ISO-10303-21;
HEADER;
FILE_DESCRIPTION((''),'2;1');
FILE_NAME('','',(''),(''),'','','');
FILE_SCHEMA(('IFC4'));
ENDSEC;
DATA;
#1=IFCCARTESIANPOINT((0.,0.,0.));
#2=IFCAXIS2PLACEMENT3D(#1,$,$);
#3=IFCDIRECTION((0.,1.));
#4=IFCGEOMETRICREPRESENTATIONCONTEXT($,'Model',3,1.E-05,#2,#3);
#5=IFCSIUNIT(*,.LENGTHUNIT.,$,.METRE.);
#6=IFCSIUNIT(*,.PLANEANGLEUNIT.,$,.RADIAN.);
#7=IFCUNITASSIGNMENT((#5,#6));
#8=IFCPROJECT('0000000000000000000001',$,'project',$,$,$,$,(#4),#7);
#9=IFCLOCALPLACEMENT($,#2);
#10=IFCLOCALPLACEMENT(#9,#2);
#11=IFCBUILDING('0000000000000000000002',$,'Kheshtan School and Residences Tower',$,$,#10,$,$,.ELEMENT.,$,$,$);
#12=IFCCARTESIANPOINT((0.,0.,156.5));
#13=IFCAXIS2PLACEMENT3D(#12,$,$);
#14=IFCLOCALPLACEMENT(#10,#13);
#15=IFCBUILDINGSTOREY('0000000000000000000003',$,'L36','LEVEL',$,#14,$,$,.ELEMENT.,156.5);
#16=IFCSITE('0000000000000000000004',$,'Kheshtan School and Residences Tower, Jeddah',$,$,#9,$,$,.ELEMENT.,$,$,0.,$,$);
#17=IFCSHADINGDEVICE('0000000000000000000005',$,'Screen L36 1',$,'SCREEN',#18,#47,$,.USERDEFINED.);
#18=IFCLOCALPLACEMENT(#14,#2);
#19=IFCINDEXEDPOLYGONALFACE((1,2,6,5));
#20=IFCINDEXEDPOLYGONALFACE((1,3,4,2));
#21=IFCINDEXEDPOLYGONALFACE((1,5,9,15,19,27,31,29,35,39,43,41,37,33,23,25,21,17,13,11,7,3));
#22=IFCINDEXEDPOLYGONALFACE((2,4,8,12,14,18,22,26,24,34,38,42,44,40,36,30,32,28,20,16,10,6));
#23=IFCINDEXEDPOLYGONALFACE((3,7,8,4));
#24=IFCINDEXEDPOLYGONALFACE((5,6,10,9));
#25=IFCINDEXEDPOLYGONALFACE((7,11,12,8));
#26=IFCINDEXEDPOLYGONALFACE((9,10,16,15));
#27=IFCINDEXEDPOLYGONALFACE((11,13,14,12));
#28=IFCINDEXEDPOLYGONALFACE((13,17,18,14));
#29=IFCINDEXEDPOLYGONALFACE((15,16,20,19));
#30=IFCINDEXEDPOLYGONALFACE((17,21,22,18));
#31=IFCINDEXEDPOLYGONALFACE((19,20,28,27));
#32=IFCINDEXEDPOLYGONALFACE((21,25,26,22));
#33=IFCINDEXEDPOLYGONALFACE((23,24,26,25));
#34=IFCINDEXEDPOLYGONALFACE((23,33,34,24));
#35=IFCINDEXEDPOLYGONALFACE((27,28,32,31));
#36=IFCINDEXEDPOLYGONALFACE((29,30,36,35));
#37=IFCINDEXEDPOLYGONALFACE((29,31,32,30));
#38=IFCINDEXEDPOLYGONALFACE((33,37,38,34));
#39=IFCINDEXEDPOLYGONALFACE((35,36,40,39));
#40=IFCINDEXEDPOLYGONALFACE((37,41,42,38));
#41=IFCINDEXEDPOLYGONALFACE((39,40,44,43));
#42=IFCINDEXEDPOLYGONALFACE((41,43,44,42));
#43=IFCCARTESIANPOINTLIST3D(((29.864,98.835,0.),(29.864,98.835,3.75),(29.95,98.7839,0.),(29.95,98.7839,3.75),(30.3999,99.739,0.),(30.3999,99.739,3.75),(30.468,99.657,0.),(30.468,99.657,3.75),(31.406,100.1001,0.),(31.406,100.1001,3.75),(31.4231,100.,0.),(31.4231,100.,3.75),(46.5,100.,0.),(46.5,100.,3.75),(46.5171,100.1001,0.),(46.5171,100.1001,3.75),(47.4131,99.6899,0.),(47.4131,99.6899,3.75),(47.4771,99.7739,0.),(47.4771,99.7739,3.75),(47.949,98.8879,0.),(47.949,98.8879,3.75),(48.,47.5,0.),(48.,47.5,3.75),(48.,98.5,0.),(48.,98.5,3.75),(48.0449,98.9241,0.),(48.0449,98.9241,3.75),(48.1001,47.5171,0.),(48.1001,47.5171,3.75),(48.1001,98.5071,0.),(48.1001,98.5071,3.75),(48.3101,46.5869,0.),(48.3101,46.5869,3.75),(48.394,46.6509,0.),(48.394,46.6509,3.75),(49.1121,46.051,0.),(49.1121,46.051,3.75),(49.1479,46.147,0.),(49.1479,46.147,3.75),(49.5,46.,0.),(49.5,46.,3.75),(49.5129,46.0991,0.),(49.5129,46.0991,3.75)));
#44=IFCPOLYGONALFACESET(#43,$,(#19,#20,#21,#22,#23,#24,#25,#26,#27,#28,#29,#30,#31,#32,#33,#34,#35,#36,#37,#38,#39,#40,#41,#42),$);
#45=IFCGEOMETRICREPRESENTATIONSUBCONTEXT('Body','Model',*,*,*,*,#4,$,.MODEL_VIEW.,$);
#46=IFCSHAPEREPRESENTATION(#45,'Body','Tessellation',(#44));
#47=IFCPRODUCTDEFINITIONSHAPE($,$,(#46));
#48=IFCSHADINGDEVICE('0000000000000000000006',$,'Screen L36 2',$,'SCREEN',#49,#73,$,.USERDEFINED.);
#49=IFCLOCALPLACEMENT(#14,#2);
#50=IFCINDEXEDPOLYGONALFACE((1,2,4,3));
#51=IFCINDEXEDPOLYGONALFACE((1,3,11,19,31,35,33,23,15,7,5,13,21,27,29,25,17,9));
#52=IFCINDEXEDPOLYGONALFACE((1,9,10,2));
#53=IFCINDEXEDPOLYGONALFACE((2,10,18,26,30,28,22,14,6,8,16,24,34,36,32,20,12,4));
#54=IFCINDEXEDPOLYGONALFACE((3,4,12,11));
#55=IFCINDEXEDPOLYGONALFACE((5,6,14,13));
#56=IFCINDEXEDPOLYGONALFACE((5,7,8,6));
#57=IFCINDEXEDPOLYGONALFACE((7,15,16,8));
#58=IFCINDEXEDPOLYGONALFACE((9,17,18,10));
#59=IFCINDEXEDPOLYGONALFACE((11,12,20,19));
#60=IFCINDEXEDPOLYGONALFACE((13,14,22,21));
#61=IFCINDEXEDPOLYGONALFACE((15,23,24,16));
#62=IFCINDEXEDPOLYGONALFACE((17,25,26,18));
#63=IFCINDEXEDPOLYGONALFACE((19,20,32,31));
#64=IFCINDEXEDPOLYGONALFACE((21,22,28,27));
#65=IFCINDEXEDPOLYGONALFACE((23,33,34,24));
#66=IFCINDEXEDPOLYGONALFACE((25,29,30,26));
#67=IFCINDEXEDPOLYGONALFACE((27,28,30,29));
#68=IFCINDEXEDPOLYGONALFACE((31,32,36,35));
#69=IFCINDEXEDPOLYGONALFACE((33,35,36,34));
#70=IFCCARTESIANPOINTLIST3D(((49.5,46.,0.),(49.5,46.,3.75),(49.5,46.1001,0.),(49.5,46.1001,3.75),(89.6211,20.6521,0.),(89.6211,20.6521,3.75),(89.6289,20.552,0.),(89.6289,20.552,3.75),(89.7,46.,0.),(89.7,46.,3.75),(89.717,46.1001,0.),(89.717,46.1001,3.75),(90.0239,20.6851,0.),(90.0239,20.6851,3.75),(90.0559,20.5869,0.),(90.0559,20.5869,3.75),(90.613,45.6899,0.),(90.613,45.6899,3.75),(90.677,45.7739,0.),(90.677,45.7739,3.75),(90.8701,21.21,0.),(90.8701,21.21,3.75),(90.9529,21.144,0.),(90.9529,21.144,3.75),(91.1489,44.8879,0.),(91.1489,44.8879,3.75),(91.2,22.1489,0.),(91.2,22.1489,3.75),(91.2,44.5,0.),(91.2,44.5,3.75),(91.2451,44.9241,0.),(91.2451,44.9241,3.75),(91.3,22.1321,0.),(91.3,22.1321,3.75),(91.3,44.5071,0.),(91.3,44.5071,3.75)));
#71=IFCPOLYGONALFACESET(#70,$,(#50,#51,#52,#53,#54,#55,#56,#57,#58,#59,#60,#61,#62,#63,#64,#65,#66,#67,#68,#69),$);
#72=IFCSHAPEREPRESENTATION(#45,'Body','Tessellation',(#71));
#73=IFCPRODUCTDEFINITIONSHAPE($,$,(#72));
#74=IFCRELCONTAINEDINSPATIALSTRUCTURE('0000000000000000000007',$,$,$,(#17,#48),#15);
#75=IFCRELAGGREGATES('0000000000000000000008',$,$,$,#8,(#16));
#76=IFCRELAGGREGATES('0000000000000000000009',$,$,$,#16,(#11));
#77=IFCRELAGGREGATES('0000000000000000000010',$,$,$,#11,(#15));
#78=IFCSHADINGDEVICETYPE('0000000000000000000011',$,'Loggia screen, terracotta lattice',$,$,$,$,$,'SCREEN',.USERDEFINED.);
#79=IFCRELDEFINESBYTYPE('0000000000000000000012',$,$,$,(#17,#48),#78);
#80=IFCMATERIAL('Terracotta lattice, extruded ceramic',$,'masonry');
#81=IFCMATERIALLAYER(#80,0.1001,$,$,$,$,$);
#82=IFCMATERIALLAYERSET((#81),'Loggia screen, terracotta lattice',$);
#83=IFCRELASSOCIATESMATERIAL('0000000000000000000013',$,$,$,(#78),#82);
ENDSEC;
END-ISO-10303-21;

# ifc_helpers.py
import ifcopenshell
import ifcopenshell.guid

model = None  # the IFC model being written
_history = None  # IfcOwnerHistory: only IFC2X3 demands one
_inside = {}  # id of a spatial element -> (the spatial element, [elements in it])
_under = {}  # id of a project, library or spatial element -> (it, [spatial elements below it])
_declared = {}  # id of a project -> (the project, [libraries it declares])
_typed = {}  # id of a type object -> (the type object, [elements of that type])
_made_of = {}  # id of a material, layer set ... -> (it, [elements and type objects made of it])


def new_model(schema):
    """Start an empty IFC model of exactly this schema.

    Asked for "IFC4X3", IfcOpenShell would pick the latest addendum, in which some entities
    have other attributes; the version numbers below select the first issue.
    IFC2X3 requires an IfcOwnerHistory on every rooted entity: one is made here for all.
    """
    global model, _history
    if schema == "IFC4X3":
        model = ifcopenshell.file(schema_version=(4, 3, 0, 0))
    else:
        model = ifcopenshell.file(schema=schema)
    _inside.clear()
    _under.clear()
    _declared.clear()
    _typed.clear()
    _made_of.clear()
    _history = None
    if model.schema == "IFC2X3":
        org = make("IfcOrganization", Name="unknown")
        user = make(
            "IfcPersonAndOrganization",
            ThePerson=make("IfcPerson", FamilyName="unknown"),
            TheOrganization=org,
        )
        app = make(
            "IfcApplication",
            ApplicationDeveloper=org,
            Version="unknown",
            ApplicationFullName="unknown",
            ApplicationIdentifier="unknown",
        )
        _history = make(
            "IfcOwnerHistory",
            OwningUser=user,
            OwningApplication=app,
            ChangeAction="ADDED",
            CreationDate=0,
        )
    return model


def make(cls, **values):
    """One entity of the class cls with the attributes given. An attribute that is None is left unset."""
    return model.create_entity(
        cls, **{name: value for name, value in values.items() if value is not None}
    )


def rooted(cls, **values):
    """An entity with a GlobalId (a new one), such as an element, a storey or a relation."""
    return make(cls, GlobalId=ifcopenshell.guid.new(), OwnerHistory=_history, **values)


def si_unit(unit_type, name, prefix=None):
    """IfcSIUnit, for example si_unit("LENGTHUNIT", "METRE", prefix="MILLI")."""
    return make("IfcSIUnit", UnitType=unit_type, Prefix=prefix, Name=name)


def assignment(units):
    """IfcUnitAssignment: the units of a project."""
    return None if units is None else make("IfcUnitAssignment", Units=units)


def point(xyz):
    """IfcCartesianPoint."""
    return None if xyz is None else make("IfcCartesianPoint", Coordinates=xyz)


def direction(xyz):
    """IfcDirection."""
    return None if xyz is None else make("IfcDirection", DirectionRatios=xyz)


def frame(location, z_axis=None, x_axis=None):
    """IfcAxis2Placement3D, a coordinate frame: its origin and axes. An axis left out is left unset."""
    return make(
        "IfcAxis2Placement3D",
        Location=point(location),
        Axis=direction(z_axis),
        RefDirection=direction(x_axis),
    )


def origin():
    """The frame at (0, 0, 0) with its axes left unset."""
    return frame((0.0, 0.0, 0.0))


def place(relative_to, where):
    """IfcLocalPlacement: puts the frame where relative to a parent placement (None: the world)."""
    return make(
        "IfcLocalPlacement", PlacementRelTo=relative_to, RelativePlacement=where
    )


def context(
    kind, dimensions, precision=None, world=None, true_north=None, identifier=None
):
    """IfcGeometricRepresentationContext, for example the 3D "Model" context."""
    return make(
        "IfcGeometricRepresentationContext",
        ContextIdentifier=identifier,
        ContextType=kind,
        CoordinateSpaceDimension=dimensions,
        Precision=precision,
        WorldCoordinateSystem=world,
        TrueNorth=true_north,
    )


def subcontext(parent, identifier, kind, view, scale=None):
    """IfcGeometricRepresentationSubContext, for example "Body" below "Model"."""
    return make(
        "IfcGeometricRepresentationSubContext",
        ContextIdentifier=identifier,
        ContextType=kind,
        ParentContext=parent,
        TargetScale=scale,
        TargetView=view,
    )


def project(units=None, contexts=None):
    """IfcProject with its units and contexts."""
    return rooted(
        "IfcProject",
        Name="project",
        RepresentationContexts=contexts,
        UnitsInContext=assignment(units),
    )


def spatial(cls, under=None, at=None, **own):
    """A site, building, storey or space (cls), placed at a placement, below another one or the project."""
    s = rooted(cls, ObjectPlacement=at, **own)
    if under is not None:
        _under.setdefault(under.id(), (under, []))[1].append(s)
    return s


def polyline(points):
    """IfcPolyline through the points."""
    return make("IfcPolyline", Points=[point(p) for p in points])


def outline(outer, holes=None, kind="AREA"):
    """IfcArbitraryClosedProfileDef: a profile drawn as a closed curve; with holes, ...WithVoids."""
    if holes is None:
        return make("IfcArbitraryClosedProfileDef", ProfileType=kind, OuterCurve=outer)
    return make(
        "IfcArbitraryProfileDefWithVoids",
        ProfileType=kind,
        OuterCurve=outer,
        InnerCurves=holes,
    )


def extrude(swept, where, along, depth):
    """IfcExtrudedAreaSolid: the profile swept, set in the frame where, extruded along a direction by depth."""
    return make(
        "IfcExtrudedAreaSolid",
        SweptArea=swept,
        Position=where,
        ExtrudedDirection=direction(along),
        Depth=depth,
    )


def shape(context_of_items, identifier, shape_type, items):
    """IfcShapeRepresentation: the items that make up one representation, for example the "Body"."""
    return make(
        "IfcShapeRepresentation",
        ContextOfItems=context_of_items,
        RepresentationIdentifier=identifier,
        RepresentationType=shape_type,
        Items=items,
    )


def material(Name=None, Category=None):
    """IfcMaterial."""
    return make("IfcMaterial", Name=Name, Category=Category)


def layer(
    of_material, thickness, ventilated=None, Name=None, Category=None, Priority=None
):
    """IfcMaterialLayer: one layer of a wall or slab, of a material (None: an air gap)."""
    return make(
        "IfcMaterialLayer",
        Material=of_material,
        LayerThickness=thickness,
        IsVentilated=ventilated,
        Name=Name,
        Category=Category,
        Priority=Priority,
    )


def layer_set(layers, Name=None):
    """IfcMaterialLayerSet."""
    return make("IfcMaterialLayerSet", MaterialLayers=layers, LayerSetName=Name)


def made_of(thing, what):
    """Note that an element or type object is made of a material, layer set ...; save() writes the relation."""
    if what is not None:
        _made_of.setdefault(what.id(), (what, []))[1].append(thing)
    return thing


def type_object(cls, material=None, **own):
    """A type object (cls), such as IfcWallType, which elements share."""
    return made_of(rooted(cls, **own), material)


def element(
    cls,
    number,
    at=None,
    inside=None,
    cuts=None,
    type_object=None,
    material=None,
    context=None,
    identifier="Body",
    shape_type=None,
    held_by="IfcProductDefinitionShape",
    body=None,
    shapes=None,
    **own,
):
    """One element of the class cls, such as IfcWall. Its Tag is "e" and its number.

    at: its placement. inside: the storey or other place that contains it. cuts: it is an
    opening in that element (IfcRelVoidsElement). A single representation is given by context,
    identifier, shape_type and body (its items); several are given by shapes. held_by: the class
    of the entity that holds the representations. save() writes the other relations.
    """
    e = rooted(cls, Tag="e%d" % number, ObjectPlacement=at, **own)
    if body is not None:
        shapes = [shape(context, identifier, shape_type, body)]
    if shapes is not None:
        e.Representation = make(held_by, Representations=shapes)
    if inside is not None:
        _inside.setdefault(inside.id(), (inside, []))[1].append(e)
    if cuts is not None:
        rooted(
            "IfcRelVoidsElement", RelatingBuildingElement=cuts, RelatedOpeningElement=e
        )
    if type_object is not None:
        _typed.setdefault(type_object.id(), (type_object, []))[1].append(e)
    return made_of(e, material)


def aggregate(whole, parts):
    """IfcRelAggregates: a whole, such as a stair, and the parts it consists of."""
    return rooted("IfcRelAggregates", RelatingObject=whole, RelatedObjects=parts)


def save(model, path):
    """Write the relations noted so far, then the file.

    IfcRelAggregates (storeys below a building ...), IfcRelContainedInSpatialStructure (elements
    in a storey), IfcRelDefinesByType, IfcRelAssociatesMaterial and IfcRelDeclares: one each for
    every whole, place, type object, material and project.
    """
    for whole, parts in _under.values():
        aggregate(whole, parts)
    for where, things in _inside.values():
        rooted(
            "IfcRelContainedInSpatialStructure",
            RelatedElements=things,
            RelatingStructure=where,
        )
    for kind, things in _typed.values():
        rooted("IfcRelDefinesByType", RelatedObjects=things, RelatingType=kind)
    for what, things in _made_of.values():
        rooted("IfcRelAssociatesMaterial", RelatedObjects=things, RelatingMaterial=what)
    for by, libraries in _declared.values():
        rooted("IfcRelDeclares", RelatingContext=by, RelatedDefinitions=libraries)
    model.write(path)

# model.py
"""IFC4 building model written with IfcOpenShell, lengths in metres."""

from ifc_helpers import new_model, si_unit, direction, frame, origin, place, context, subcontext, project, spatial, polyline, outline, extrude, material, layer, layer_set, type_object, element, save


model = new_model("IFC4")

# Units and contexts
model_context = context("Model", 3, precision=1e-05, world=origin(), true_north=direction((0.0, 1.0)))
body_context = subcontext(model_context, "Body", "Model", "MODEL_VIEW")
ifc_project = project(units=[si_unit("LENGTHUNIT", "METRE"), si_unit("PLANEANGLEUNIT", "RADIAN")], contexts=[model_context])

# Site, building, storey
site_placement = place(None, origin())
site = spatial("IfcSite", under=ifc_project, at=site_placement, Name="Kheshtan School and Residences Tower, Jeddah", CompositionType="ELEMENT", RefElevation=0.0)
building_placement = place(site_placement, origin())
building = spatial("IfcBuilding", under=site, at=building_placement, Name="Kheshtan School and Residences Tower", CompositionType="ELEMENT")
storey_placement = place(building_placement, frame((0.0, 0.0, 156.5)))
storey = spatial("IfcBuildingStorey", under=building, at=storey_placement, Name="L36", Description="LEVEL", CompositionType="ELEMENT", Elevation=156.5)

# Shading devices
ifc_material_1 = material(Name="Terracotta lattice, extruded ceramic", Category="masonry")
ifc_layer_1 = layer(ifc_material_1, 0.1001)
ifc_layer_set_1 = layer_set([ifc_layer_1], Name="Loggia screen, terracotta lattice")
shading_device_type_1 = type_object("IfcShadingDeviceType", Name="Loggia screen, terracotta lattice", ElementType="SCREEN", PredefinedType="USERDEFINED", material=ifc_layer_set_1)
shading_device_1_placement = place(storey_placement, origin())
element("IfcShadingDevice", 1, at=shading_device_1_placement, inside=storey, type_object=shading_device_type_1, Name="Screen L36 1", ObjectType="SCREEN", PredefinedType="USERDEFINED", context=body_context, shape_type="SweptSolid", body=[
    extrude(outline(polyline([(29.95, 98.7839), (30.468, 99.657), (31.4231, 100.0), (46.5, 100.0), (47.4131, 99.6899), (47.949, 98.8879), (48.0, 98.5), (48.0, 47.5), (48.3101, 46.5869), (49.1121, 46.051), (49.5, 46.0), (49.5129, 46.0991), (49.1479, 46.147), (48.394, 46.6509), (48.1001, 47.5171), (48.1001, 98.5071), (48.0449, 98.9241), (47.4771, 99.7739), (46.5171, 100.1001), (31.406, 100.1001), (30.3999, 99.739), (29.864, 98.835), (29.95, 98.7839)])), origin(), (0.0, 0.0, 1.0), 3.75),
])
shading_device_2_placement = place(storey_placement, origin())
element("IfcShadingDevice", 2, at=shading_device_2_placement, inside=storey, type_object=shading_device_type_1, Name="Screen L36 2", ObjectType="SCREEN", PredefinedType="USERDEFINED", context=body_context, shape_type="SweptSolid", body=[
    extrude(outline(polyline([(49.5, 46.0), (89.7, 46.0), (90.613, 45.6899), (91.1489, 44.8879), (91.2, 44.5), (91.2, 22.1489), (90.8701, 21.21), (90.0239, 20.6851), (89.6211, 20.6521), (89.6289, 20.552), (90.0559, 20.5869), (90.9529, 21.144), (91.3, 22.1321), (91.3, 44.5071), (91.2451, 44.9241), (90.677, 45.7739), (89.717, 46.1001), (49.5, 46.1001), (49.5, 46.0)])), origin(), (0.0, 0.0, 1.0), 3.75),
])

save(model, "model.ifc")
